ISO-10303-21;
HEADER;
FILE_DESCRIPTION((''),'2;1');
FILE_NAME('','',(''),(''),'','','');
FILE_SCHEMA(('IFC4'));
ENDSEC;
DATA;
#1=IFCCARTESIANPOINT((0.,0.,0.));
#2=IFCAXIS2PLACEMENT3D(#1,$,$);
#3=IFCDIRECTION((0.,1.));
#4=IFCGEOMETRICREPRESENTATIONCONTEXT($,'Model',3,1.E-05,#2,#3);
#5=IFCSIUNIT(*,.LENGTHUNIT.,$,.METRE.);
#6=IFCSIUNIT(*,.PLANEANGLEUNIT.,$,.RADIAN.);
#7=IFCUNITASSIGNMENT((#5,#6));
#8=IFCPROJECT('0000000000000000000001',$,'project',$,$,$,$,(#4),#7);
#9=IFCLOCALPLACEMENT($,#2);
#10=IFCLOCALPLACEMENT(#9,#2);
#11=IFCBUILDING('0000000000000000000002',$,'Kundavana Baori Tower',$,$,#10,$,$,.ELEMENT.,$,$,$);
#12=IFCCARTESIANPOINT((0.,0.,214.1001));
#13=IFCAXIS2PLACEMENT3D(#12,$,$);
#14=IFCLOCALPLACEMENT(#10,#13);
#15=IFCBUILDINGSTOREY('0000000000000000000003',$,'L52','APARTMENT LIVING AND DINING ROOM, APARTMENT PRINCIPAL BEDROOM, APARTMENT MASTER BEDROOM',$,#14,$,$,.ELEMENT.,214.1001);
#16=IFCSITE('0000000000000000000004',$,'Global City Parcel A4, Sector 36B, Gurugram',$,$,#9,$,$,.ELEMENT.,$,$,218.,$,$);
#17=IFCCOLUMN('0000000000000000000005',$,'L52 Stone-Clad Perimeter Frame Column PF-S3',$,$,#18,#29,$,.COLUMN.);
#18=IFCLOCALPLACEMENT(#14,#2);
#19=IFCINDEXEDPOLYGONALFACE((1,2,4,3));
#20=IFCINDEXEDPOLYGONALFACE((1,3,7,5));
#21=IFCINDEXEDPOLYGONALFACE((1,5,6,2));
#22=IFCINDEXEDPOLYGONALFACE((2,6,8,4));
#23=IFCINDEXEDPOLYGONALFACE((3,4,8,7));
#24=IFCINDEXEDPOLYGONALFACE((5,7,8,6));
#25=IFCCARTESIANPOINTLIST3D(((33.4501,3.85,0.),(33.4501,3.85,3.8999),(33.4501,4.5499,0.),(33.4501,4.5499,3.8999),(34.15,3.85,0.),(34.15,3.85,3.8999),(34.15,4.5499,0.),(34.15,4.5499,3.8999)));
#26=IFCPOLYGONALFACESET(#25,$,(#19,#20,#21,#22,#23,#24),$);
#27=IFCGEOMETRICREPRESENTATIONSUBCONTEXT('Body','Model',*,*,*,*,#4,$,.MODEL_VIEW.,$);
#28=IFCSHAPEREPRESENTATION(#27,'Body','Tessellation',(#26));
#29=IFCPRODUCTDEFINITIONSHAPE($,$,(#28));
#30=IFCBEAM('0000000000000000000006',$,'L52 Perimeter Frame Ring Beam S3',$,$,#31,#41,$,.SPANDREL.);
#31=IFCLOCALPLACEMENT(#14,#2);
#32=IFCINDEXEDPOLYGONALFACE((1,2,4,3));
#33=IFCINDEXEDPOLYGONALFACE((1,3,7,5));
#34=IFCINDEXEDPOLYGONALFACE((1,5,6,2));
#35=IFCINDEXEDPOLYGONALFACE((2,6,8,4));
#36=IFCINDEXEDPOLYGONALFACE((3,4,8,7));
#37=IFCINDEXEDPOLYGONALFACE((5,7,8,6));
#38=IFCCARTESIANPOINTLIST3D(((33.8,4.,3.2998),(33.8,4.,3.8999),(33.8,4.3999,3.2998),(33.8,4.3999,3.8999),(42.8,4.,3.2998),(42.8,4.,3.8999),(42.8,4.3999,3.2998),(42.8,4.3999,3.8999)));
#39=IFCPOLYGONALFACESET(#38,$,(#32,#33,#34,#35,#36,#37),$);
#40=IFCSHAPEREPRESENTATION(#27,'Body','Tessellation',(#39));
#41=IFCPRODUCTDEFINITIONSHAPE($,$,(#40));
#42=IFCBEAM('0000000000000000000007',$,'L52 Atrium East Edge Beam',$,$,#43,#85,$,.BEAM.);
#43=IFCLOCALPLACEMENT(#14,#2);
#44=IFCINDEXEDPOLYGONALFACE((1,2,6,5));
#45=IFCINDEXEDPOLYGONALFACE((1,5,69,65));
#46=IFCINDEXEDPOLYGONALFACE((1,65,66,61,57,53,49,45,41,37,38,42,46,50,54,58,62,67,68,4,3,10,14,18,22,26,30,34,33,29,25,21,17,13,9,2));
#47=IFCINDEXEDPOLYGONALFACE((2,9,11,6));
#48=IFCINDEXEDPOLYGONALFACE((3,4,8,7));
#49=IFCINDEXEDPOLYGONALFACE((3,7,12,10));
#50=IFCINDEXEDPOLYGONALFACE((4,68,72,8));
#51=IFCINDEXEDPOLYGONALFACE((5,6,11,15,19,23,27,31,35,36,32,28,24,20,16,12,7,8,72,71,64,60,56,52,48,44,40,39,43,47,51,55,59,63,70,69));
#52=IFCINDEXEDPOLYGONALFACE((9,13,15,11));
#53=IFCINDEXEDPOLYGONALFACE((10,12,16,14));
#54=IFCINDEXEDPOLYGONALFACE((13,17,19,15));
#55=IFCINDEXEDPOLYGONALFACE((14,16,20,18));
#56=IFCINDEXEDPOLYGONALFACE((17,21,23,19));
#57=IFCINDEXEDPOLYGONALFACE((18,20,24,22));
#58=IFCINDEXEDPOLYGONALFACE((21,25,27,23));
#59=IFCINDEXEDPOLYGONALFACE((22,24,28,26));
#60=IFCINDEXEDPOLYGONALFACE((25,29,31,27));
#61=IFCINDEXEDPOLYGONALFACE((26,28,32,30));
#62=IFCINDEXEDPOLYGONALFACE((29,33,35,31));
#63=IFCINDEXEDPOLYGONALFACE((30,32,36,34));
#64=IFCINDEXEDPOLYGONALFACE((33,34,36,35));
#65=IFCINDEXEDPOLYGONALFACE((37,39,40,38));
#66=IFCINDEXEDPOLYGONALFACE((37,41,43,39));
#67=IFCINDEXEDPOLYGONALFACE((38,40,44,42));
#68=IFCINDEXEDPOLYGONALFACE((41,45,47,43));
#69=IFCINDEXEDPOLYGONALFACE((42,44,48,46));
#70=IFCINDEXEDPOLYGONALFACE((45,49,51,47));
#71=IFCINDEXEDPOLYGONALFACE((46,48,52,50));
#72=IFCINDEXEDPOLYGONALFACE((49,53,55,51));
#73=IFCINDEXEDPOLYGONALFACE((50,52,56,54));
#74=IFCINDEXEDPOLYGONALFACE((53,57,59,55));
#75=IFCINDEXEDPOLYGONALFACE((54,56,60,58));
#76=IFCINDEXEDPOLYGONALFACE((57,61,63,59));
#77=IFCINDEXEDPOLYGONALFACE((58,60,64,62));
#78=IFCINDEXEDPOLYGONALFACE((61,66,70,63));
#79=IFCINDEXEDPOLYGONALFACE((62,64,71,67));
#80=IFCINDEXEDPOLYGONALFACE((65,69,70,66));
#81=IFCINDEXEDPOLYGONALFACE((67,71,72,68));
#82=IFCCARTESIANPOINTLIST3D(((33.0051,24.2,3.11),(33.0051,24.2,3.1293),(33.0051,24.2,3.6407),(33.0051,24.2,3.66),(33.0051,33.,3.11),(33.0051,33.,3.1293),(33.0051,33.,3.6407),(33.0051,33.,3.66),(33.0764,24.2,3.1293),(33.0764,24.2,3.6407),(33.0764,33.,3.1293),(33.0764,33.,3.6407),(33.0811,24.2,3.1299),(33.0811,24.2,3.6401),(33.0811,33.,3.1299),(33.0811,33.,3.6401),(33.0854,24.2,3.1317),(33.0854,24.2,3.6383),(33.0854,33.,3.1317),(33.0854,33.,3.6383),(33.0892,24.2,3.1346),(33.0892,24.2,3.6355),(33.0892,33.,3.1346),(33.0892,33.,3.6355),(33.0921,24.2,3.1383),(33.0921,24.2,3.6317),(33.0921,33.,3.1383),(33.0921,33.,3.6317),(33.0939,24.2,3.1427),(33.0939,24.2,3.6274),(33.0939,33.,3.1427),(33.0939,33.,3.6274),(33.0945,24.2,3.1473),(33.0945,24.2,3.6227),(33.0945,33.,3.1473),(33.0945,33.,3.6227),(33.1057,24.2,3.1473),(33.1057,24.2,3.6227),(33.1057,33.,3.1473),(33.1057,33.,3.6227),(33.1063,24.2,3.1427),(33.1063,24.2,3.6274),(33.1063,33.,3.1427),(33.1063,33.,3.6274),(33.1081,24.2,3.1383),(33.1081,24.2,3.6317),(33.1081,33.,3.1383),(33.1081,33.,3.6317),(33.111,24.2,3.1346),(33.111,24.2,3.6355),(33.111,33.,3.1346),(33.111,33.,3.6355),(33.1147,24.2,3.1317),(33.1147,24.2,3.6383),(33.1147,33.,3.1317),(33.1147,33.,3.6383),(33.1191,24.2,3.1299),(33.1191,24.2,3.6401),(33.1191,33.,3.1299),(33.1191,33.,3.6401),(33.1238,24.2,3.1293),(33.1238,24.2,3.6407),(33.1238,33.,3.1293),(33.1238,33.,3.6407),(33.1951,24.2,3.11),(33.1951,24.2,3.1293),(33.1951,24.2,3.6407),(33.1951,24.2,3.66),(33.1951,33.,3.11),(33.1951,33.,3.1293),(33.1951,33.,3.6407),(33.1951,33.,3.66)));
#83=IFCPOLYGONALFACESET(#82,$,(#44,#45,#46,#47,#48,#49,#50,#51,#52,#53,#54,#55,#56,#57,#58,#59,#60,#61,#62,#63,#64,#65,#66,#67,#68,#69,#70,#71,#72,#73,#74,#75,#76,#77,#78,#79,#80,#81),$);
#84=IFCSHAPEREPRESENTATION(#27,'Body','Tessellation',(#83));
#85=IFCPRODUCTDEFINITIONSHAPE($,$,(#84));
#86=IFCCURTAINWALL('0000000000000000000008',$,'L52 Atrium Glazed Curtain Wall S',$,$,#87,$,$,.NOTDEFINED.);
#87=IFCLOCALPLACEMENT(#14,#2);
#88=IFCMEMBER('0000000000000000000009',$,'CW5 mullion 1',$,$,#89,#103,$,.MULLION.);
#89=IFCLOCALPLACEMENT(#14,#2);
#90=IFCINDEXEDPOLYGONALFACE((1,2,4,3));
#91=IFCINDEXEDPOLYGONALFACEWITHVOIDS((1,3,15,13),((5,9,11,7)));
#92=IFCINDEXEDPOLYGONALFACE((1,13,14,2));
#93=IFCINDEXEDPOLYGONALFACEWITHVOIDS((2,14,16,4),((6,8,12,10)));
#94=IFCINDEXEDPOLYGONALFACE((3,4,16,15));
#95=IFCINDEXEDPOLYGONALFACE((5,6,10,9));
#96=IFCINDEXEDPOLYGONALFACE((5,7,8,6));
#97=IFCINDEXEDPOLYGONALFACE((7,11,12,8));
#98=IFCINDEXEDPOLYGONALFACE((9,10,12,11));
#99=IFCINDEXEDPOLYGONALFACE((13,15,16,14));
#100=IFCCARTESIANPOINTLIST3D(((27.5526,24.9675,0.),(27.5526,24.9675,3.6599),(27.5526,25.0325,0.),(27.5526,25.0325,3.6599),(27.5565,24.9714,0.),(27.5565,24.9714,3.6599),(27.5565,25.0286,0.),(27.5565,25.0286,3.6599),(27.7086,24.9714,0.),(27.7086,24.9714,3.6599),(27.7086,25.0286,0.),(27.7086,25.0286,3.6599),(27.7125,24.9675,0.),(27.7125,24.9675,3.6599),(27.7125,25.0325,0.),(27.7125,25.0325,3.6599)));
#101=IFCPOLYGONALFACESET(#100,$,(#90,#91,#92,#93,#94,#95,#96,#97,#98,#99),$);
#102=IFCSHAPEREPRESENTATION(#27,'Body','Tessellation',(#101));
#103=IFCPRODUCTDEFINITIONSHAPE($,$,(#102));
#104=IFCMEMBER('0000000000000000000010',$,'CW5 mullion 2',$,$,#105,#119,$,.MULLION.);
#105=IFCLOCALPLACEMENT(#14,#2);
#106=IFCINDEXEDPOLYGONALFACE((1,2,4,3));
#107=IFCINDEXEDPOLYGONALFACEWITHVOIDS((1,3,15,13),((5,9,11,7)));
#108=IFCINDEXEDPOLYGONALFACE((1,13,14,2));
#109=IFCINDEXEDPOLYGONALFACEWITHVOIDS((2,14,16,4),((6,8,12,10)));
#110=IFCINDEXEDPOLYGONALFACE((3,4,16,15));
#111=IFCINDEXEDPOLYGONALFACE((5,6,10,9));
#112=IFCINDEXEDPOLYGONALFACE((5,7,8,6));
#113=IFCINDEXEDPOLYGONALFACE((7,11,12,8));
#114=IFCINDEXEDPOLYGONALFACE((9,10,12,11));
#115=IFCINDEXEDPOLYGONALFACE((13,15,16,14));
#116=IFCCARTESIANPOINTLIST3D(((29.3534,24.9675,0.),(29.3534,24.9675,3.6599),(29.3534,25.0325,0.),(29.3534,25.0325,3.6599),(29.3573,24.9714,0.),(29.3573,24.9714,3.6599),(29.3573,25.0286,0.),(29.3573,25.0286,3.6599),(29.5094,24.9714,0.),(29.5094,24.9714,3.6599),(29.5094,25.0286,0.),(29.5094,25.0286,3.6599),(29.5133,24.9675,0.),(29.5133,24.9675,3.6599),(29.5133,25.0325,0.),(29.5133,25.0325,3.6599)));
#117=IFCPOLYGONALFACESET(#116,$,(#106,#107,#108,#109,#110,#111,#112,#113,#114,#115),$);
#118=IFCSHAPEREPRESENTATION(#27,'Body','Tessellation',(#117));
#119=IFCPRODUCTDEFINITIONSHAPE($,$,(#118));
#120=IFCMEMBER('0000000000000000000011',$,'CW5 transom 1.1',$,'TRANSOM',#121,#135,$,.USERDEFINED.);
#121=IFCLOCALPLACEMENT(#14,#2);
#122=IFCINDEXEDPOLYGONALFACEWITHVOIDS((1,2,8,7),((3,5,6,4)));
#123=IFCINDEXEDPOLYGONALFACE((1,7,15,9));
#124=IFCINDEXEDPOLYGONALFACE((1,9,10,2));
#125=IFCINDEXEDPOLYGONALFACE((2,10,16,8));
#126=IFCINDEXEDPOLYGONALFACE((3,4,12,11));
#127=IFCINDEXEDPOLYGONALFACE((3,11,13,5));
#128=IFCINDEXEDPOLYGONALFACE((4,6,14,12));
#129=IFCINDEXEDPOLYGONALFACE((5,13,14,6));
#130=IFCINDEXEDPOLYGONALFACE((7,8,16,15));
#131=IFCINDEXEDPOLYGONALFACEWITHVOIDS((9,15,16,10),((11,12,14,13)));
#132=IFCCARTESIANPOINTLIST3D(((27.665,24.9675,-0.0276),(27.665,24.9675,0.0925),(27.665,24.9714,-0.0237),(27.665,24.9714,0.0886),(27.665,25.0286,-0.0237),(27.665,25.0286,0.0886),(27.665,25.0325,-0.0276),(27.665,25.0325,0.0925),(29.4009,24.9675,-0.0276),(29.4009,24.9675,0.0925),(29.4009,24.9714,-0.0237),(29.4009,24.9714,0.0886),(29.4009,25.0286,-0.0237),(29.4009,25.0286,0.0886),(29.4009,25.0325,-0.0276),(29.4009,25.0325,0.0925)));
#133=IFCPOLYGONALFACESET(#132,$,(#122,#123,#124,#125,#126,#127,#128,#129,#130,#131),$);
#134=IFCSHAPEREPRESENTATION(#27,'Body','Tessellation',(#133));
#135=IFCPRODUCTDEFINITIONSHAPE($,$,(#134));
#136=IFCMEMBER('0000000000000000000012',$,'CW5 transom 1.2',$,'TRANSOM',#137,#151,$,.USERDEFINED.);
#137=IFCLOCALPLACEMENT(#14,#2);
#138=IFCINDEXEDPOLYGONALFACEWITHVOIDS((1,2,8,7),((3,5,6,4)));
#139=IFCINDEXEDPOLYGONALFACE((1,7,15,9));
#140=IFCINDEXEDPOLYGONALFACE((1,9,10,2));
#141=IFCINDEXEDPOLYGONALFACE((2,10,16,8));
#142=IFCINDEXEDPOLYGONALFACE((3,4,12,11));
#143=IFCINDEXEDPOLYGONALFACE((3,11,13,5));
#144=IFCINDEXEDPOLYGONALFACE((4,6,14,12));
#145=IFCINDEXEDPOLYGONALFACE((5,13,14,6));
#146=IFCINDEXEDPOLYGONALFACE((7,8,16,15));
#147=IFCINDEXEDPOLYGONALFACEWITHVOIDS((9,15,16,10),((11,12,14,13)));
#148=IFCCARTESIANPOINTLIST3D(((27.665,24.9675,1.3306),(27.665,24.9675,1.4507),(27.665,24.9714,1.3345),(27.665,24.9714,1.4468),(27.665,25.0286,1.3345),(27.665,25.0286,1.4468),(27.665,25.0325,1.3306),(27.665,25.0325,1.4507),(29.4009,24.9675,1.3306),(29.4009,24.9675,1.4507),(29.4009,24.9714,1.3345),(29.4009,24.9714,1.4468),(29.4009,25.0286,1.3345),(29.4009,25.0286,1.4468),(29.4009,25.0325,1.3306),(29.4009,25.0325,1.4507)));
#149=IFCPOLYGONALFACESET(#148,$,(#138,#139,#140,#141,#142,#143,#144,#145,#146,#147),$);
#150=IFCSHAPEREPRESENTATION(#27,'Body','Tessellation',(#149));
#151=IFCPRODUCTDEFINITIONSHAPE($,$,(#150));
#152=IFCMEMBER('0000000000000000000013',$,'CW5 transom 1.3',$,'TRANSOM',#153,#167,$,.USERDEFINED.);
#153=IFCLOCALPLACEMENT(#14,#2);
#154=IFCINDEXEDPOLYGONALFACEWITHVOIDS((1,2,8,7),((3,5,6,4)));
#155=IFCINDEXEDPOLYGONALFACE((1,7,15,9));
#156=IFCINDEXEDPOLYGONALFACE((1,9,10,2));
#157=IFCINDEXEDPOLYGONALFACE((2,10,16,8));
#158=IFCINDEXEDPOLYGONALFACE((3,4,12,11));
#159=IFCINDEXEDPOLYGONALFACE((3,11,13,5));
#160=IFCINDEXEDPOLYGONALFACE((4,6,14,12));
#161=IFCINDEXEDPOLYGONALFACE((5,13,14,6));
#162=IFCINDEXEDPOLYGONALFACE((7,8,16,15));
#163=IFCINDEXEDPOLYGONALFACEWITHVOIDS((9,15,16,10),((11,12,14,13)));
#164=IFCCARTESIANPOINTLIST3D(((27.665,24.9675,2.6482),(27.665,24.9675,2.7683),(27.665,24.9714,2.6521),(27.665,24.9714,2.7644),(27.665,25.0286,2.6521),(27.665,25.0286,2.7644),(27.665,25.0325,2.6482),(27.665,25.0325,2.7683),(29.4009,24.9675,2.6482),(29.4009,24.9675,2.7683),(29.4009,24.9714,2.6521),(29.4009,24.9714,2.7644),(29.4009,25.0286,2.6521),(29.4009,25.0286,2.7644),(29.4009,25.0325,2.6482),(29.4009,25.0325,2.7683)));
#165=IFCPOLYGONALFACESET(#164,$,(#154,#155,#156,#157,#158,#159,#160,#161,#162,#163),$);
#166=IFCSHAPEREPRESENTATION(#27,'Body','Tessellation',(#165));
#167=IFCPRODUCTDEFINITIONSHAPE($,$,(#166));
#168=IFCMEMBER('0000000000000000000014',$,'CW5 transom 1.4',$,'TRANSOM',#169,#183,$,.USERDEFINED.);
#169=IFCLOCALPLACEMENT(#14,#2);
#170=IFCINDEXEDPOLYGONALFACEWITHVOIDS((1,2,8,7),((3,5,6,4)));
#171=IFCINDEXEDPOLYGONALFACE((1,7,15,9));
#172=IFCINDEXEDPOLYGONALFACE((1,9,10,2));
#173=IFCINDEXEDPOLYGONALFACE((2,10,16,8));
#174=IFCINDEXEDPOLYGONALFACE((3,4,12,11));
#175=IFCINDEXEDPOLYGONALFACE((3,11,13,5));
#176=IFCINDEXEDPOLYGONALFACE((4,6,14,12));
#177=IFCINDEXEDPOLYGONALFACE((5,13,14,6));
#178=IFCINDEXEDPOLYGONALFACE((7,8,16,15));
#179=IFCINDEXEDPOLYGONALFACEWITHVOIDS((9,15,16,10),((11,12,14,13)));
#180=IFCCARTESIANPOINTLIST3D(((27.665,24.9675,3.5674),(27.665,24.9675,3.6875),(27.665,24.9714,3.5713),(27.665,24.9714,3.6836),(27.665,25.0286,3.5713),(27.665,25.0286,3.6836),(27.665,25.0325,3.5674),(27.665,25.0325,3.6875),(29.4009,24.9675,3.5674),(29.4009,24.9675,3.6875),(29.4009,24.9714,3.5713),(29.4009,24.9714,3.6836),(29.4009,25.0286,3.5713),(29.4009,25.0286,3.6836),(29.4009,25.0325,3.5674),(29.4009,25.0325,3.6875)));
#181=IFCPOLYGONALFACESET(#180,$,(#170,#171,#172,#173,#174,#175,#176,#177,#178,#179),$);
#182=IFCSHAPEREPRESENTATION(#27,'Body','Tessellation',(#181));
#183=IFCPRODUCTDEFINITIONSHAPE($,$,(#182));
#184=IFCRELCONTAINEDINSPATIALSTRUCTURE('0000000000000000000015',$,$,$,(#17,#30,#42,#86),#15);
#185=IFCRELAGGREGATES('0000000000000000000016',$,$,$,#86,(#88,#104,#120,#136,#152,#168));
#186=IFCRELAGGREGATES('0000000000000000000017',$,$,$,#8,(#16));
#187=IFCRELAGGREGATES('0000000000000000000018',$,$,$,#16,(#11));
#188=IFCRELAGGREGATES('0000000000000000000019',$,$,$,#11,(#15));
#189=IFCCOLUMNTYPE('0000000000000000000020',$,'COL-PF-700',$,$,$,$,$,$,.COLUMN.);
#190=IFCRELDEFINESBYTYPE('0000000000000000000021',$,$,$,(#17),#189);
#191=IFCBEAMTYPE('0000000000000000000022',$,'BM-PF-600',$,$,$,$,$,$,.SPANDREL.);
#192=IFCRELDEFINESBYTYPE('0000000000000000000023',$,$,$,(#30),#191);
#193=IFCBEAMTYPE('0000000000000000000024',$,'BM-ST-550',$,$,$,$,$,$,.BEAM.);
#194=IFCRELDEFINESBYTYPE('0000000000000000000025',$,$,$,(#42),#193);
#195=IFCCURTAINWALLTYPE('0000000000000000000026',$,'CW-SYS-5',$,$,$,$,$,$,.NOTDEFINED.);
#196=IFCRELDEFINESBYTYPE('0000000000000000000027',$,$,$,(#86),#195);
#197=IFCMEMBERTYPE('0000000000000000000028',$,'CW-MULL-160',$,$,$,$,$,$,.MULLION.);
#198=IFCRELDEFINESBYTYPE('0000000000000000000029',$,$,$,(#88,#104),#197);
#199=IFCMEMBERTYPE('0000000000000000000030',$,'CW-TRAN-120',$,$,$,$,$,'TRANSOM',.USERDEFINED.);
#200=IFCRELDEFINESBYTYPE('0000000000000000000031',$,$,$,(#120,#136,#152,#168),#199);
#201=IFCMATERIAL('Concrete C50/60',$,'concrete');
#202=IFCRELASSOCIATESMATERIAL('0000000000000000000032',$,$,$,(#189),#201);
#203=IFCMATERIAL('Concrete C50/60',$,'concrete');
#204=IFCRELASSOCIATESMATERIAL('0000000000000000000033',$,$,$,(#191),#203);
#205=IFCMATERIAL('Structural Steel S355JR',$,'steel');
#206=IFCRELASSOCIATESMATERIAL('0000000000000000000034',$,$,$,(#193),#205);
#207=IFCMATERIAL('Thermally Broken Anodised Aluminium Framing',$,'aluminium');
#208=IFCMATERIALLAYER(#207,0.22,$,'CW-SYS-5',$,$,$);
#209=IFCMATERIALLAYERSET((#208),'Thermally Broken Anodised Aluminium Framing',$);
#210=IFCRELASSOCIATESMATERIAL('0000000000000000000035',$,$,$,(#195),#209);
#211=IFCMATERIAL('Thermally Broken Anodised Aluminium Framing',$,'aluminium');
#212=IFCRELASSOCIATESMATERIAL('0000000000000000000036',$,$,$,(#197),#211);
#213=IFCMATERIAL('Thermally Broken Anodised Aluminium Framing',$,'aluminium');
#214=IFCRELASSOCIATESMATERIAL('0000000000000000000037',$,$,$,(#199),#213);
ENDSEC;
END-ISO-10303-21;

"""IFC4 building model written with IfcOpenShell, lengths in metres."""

from ifc_helpers import new_model, si_unit, direction, frame, origin, origin_2d, place, context, subcontext, project, spatial, rectangle, hollow_rectangle, i_section, extrude, material, layer, layer_set, material_profile, profile_set, type_object, element, aggregate, save


model = new_model("IFC4")

# Units and contexts
model_context = context("Model", 3, precision=1e-05, world=origin(), true_north=direction((0.0, 1.0)))
body_context = subcontext(model_context, "Body", "Model", "MODEL_VIEW")
ifc_project = project(units=[si_unit("LENGTHUNIT", "METRE"), si_unit("PLANEANGLEUNIT", "RADIAN")], contexts=[model_context])

# Site, building, storey
site_placement = place(None, origin())
site = spatial("IfcSite", under=ifc_project, at=site_placement, Name="Global City Parcel A4, Sector 36B, Gurugram", CompositionType="ELEMENT", RefElevation=218.0)
building_placement = place(site_placement, origin())
building = spatial("IfcBuilding", under=site, at=building_placement, Name="Kundavana Baori Tower", CompositionType="ELEMENT")
storey_placement = place(building_placement, frame((0.0, 0.0, 214.1001)))
storey = spatial("IfcBuildingStorey", under=building, at=storey_placement, Name="L52", Description="APARTMENT LIVING AND DINING ROOM, APARTMENT PRINCIPAL BEDROOM, APARTMENT MASTER BEDROOM", CompositionType="ELEMENT", Elevation=214.1001)

# Column
ifc_material_1 = material(Name="Concrete C50/60", Category="concrete")
ifc_material_profile_1 = material_profile(ifc_material_1, rectangle(XDim=0.7, YDim=0.7, at=origin_2d()), Name="RC PF 700x700")
ifc_profile_set_1 = profile_set([ifc_material_profile_1], Name="Concrete C50/60")
column_type = type_object("IfcColumnType", Name="COL-PF-700", PredefinedType="COLUMN", material=ifc_profile_set_1)
column_placement = place(storey_placement, frame((33.8, 4.2, 0.0), z_axis=(0.0, 0.0, 1.0), x_axis=(1.0, 0.0, 0.0)))
element("IfcColumn", 1, at=column_placement, inside=storey, type_object=column_type, Name="L52 Stone-Clad Perimeter Frame Column PF-S3", PredefinedType="COLUMN", context=body_context, shape_type="SweptSolid", body=[
    extrude(rectangle(XDim=0.7, YDim=0.7, at=origin_2d()), origin(), (0.0, 0.0, 1.0), 3.8999),
])

# Beams
ifc_material_2 = material(Name="Concrete C50/60", Category="concrete")
ifc_material_profile_2 = material_profile(ifc_material_2, rectangle(XDim=0.3999, YDim=0.6001, at=origin_2d()), Name="RC BM 400x600")
ifc_profile_set_2 = profile_set([ifc_material_profile_2], Name="Concrete C50/60")
beam_type_1 = type_object("IfcBeamType", Name="BM-PF-600", PredefinedType="SPANDREL", material=ifc_profile_set_2)
beam_1_placement = place(storey_placement, frame((33.8, 4.2, 3.5999), z_axis=(1.0, 0.0, 0.0), x_axis=(0.0, 1.0, 0.0)))
element("IfcBeam", 2, at=beam_1_placement, inside=storey, type_object=beam_type_1, Name="L52 Perimeter Frame Ring Beam S3", PredefinedType="SPANDREL", context=body_context, shape_type="SweptSolid", body=[
    extrude(rectangle(XDim=0.3999, YDim=0.6001, at=origin_2d()), origin(), (0.0, 0.0, 1.0), 9.0),
])
ifc_material_3 = material(Name="Structural Steel S355JR", Category="steel")
ifc_material_profile_3 = material_profile(ifc_material_3, i_section(OverallWidth=0.1899, OverallDepth=0.55, WebThickness=0.0112, FlangeThickness=0.0193, FilletRadius=0.0181, at=origin_2d()), Name="ISMB 550")
ifc_profile_set_3 = profile_set([ifc_material_profile_3], Name="Structural Steel S355JR")
beam_type_2 = type_object("IfcBeamType", Name="BM-ST-550", PredefinedType="BEAM", material=ifc_profile_set_3)
beam_2_placement = place(storey_placement, frame((33.1001, 24.2, 3.385), z_axis=(0.0, 1.0, 0.0), x_axis=(-1.0, 0.0, 0.0)))
element("IfcBeam", 3, at=beam_2_placement, inside=storey, type_object=beam_type_2, Name="L52 Atrium East Edge Beam", PredefinedType="BEAM", context=body_context, shape_type="SweptSolid", body=[
    extrude(i_section(OverallWidth=0.1899, OverallDepth=0.55, WebThickness=0.0112, FlangeThickness=0.0193, FilletRadius=0.0181, at=origin_2d()), origin(), (0.0, 0.0, 1.0), 8.8),
])

# Curtain wall, members
ifc_material_4 = material(Name="Thermally Broken Anodised Aluminium Framing", Category="aluminium")
ifc_layer_1 = layer(ifc_material_4, 0.22, Name="CW-SYS-5")
ifc_layer_set_1 = layer_set([ifc_layer_1], Name="Thermally Broken Anodised Aluminium Framing")
curtain_wall_type = type_object("IfcCurtainWallType", Name="CW-SYS-5", PredefinedType="NOTDEFINED", material=ifc_layer_set_1)
curtain_wall_placement = place(storey_placement, origin())
curtain_wall = element("IfcCurtainWall", 4, at=curtain_wall_placement, inside=storey, type_object=curtain_wall_type, Name="L52 Atrium Glazed Curtain Wall S", PredefinedType="NOTDEFINED")
ifc_material_5 = material(Name="Thermally Broken Anodised Aluminium Framing", Category="aluminium")
ifc_material_profile_4 = material_profile(ifc_material_5, hollow_rectangle(XDim=0.0649, YDim=0.1599, WallThickness=0.0039, at=origin_2d()), Name="CW-MULL-160")
ifc_profile_set_4 = profile_set([ifc_material_profile_4], Name="Thermally Broken Anodised Aluminium Framing")
member_type_1 = type_object("IfcMemberType", Name="CW-MULL-160", PredefinedType="MULLION", material=ifc_profile_set_4)
member_1_placement = place(storey_placement, frame((27.6326, 25.0, 0.0), z_axis=(0.0, 0.0, 1.0), x_axis=(0.0, 1.0, 0.0)))
member_1 = element("IfcMember", 5, at=member_1_placement, type_object=member_type_1, Name="CW5 mullion 1", PredefinedType="MULLION", context=body_context, shape_type="SweptSolid", body=[
    extrude(hollow_rectangle(XDim=0.0649, YDim=0.1599, WallThickness=0.0039, at=origin_2d()), origin(), (0.0, 0.0, 1.0), 3.6599),
])
member_2_placement = place(storey_placement, frame((29.4333, 25.0, 0.0), z_axis=(0.0, 0.0, 1.0), x_axis=(0.0, 1.0, 0.0)))
member_2 = element("IfcMember", 6, at=member_2_placement, type_object=member_type_1, Name="CW5 mullion 2", PredefinedType="MULLION", context=body_context, shape_type="SweptSolid", body=[
    extrude(hollow_rectangle(XDim=0.0649, YDim=0.1599, WallThickness=0.0039, at=origin_2d()), origin(), (0.0, 0.0, 1.0), 3.6599),
])
ifc_material_6 = material(Name="Thermally Broken Anodised Aluminium Framing", Category="aluminium")
ifc_material_profile_5 = material_profile(ifc_material_6, hollow_rectangle(XDim=0.0649, YDim=0.1201, WallThickness=0.0039, at=origin_2d()), Name="CW-TRAN-120")
ifc_profile_set_5 = profile_set([ifc_material_profile_5], Name="Thermally Broken Anodised Aluminium Framing")
member_type_2 = type_object("IfcMemberType", Name="CW-TRAN-120", ElementType="TRANSOM", PredefinedType="USERDEFINED", material=ifc_profile_set_5)
member_3_placement = place(storey_placement, frame((27.665, 25.0, 0.0325), z_axis=(1.0, 0.0, 0.0), x_axis=(0.0, 1.0, 0.0)))
member_3 = element("IfcMember", 7, at=member_3_placement, type_object=member_type_2, Name="CW5 transom 1.1", ObjectType="TRANSOM", PredefinedType="USERDEFINED", context=body_context, shape_type="SweptSolid", body=[
    extrude(hollow_rectangle(XDim=0.0649, YDim=0.1201, WallThickness=0.0039, at=origin_2d()), origin(), (0.0, 0.0, 1.0), 1.7358),
])
member_4_placement = place(storey_placement, frame((27.665, 25.0, 1.3906), z_axis=(1.0, 0.0, 0.0), x_axis=(0.0, 1.0, 0.0)))
member_4 = element("IfcMember", 8, at=member_4_placement, type_object=member_type_2, Name="CW5 transom 1.2", ObjectType="TRANSOM", PredefinedType="USERDEFINED", context=body_context, shape_type="SweptSolid", body=[
    extrude(hollow_rectangle(XDim=0.0649, YDim=0.1201, WallThickness=0.0039, at=origin_2d()), origin(), (0.0, 0.0, 1.0), 1.7358),
])
member_5_placement = place(storey_placement, frame((27.665, 25.0, 2.7083), z_axis=(1.0, 0.0, 0.0), x_axis=(0.0, 1.0, 0.0)))
member_5 = element("IfcMember", 9, at=member_5_placement, type_object=member_type_2, Name="CW5 transom 1.3", ObjectType="TRANSOM", PredefinedType="USERDEFINED", context=body_context, shape_type="SweptSolid", body=[
    extrude(hollow_rectangle(XDim=0.0649, YDim=0.1201, WallThickness=0.0039, at=origin_2d()), origin(), (0.0, 0.0, 1.0), 1.7358),
])
member_6_placement = place(storey_placement, frame((27.665, 25.0, 3.6274), z_axis=(1.0, 0.0, 0.0), x_axis=(0.0, 1.0, 0.0)))
member_6 = element("IfcMember", 10, at=member_6_placement, type_object=member_type_2, Name="CW5 transom 1.4", ObjectType="TRANSOM", PredefinedType="USERDEFINED", context=body_context, shape_type="SweptSolid", body=[
    extrude(hollow_rectangle(XDim=0.0649, YDim=0.1201, WallThickness=0.0039, at=origin_2d()), origin(), (0.0, 0.0, 1.0), 1.7358),
])
aggregate(curtain_wall, [member_1, member_2, member_3, member_4, member_5, member_6])

save(model, "model.ifc")
